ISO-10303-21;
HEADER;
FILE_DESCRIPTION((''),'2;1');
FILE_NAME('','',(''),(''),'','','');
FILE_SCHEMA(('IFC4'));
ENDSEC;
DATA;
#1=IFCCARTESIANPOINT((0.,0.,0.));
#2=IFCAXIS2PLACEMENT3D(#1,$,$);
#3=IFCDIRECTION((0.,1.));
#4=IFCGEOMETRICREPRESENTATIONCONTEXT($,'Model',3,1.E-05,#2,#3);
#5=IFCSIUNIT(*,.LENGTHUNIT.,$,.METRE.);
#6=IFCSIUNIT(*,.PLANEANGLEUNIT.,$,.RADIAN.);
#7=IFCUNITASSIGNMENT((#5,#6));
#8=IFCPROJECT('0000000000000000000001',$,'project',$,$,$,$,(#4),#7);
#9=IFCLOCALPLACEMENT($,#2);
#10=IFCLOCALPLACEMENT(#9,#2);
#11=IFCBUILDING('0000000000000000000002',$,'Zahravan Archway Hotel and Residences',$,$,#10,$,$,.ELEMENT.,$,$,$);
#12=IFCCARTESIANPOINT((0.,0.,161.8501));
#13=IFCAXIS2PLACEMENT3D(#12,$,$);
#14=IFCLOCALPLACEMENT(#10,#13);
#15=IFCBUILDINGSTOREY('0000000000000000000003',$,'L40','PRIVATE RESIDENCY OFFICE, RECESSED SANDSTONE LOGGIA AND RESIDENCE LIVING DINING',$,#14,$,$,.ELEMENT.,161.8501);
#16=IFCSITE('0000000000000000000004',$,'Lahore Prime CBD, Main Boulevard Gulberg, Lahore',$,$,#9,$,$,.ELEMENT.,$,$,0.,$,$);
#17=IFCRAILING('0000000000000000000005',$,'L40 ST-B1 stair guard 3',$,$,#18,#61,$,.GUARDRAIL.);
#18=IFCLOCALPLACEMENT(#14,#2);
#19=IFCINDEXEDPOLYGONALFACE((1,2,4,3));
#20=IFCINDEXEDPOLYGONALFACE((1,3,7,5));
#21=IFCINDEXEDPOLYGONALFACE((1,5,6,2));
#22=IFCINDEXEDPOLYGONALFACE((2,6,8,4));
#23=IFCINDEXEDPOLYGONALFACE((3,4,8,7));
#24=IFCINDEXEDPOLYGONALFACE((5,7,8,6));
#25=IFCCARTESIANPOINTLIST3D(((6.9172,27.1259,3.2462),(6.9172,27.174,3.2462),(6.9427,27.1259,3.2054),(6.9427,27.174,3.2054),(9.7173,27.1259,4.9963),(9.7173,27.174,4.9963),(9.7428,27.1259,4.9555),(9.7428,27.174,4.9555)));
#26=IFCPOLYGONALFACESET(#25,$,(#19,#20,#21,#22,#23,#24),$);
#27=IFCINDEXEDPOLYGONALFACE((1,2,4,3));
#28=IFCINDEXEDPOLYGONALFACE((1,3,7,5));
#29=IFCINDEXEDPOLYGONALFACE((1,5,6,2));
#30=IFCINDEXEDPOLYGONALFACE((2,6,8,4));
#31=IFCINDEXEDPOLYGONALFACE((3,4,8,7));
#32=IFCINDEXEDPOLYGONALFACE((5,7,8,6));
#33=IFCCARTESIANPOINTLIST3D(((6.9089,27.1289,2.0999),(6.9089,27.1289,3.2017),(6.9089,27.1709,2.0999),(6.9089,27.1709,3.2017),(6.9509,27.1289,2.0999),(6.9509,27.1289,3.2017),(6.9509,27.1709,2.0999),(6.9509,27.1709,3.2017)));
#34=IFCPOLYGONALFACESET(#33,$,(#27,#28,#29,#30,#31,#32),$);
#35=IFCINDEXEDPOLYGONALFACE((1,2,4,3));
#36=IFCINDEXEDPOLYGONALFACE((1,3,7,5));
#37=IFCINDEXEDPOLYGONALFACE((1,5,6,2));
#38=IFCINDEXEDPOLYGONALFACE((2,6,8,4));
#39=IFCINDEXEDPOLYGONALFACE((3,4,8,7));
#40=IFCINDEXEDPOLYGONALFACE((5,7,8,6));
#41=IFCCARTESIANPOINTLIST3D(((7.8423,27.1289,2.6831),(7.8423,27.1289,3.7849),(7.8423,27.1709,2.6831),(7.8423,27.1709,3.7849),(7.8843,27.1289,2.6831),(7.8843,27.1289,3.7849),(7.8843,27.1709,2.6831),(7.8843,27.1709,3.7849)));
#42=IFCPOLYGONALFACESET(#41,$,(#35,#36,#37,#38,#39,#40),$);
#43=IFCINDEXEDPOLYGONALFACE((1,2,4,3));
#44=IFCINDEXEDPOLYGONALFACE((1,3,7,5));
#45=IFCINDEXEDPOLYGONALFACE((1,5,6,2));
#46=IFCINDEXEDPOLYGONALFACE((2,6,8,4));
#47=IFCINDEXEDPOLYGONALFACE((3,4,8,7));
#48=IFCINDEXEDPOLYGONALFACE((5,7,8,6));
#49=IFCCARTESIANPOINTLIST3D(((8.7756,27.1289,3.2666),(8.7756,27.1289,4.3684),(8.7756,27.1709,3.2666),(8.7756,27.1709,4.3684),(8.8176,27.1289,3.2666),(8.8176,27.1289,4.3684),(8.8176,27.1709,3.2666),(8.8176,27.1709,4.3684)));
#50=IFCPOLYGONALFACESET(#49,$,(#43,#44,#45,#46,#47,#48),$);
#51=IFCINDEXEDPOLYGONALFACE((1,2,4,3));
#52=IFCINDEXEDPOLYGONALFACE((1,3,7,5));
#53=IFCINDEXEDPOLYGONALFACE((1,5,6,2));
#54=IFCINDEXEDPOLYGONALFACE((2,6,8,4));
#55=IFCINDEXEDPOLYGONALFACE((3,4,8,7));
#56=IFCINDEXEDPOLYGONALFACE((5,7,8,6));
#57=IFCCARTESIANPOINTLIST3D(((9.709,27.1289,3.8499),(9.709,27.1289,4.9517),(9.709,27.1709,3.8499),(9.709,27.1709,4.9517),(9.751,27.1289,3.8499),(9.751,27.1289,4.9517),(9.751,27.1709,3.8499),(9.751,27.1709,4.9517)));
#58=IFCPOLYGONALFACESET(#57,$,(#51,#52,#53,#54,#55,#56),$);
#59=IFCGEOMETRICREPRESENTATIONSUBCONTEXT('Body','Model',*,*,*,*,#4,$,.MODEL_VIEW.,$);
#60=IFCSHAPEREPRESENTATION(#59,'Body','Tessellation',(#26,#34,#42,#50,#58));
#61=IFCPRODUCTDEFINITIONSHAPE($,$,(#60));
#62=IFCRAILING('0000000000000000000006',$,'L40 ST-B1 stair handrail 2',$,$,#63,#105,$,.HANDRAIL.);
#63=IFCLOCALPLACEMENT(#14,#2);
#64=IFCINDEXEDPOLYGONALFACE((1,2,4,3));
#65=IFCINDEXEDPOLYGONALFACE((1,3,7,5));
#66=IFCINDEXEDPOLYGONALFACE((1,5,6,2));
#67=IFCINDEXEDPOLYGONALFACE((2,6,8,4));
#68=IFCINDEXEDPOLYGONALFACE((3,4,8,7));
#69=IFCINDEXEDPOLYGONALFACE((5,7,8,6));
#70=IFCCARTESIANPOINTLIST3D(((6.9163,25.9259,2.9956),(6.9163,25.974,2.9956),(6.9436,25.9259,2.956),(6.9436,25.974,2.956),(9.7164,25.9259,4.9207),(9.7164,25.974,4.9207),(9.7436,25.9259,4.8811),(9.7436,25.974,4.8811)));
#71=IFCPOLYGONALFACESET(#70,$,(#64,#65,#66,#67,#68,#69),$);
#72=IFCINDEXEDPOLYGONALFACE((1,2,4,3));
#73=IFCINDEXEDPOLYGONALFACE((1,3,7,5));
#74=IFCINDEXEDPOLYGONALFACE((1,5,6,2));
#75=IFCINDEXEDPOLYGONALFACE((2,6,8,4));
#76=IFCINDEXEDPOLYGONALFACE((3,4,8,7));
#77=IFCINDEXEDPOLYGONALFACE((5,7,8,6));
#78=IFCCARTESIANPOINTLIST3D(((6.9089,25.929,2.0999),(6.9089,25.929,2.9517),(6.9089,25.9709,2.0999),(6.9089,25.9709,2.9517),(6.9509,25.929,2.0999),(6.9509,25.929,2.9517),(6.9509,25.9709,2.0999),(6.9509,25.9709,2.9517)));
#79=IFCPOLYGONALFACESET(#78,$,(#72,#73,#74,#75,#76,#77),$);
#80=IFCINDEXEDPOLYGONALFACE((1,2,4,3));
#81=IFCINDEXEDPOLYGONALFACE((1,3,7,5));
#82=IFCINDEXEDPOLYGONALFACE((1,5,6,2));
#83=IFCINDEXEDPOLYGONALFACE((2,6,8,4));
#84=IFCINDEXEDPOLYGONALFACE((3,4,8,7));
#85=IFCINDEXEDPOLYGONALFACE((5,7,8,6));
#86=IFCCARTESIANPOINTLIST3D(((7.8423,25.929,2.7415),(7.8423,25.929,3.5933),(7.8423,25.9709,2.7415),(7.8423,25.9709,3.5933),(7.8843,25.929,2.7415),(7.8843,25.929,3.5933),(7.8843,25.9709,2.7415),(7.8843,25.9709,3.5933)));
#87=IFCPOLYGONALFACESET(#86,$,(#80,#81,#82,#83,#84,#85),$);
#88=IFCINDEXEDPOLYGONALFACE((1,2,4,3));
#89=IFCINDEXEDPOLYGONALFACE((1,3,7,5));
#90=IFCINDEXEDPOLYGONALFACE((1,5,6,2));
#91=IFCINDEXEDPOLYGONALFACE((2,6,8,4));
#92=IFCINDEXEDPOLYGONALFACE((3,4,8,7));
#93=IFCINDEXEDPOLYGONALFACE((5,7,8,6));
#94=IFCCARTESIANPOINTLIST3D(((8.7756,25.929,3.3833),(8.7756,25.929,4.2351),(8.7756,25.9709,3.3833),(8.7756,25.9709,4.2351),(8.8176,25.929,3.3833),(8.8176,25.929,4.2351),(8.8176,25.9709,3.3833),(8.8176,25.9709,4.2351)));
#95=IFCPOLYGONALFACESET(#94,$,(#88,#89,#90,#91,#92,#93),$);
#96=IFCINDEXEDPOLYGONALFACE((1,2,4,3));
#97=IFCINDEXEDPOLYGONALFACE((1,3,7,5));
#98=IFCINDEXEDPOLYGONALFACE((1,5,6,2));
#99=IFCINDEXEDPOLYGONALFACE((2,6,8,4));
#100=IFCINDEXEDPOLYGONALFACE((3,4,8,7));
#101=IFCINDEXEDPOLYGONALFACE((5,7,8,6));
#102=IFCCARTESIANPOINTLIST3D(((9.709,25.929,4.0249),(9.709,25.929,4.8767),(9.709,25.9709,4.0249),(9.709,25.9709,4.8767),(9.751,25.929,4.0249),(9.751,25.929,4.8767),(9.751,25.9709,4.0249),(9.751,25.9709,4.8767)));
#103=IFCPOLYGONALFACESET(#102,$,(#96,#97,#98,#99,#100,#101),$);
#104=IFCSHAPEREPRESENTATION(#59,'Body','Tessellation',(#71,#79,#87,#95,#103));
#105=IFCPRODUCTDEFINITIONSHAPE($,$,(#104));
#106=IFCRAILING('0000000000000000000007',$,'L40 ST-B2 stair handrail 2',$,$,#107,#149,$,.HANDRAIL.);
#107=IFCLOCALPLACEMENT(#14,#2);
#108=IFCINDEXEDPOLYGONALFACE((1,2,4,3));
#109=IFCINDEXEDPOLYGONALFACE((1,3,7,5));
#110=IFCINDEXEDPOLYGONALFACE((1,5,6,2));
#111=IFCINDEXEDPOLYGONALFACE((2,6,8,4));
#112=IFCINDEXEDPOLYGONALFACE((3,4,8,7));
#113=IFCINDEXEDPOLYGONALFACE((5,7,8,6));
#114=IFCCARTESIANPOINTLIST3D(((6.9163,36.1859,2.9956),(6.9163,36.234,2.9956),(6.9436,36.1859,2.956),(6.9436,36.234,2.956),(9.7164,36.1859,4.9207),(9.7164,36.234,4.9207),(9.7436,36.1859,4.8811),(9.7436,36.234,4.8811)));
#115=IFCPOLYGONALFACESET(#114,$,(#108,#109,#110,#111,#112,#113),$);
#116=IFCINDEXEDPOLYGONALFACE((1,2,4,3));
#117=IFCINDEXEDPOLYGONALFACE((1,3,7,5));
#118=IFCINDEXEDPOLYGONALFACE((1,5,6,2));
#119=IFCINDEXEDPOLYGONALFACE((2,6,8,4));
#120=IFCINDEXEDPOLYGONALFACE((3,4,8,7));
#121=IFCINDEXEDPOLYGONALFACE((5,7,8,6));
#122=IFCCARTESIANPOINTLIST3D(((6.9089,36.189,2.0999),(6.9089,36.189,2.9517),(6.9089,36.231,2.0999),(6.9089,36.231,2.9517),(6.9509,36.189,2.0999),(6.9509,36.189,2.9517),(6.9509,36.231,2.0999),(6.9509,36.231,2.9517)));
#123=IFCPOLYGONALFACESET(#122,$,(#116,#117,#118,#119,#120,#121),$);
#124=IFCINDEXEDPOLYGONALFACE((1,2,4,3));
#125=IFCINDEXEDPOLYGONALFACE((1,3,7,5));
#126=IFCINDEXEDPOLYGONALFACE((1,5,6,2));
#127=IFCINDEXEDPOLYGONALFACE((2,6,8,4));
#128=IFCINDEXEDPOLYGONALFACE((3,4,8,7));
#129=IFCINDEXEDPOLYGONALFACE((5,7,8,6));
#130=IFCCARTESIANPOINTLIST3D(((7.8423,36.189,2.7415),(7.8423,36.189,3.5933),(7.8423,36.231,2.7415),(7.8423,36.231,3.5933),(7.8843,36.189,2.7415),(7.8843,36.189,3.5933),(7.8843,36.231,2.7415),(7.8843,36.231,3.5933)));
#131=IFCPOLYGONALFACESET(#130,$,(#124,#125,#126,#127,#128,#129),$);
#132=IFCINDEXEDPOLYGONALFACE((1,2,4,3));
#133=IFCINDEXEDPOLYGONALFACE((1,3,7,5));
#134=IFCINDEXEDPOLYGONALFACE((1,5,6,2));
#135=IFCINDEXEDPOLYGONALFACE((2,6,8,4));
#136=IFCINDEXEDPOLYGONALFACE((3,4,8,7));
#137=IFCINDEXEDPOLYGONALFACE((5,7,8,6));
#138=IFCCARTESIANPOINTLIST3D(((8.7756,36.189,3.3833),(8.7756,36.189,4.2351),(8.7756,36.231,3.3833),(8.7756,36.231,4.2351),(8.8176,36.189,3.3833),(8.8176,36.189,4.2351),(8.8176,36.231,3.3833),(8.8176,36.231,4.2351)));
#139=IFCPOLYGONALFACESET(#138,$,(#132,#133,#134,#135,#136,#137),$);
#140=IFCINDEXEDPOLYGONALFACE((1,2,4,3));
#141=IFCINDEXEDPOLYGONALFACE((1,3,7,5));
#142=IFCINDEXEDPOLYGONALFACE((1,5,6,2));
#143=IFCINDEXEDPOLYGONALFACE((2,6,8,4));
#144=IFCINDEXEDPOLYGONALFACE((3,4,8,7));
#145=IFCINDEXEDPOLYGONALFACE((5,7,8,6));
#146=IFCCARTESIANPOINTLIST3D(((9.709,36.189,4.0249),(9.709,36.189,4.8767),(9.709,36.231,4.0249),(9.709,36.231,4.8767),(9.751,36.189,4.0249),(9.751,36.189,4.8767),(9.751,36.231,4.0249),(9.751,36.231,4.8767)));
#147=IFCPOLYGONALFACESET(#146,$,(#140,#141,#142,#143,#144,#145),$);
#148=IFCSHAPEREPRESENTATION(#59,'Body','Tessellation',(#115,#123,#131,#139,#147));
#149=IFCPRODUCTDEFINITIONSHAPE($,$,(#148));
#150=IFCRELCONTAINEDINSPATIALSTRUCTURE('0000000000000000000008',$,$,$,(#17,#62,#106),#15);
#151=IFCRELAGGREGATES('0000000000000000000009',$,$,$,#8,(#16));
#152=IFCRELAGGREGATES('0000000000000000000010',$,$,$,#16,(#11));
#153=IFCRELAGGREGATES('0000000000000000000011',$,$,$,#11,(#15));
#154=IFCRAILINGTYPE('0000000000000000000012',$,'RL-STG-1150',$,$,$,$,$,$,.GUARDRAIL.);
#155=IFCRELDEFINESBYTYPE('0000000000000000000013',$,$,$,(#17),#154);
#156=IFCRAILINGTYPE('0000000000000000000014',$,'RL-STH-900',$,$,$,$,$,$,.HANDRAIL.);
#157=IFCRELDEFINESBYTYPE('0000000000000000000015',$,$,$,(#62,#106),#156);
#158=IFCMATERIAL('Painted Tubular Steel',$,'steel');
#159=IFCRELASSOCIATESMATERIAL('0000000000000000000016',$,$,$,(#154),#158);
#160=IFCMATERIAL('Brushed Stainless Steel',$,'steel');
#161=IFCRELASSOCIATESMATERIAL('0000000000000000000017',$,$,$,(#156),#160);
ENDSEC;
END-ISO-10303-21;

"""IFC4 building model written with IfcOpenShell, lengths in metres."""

from ifc_helpers import new_model, si_unit, direction, frame, origin, origin_2d, place, context, subcontext, project, spatial, rectangle, extrude, material, type_object, element, save


model = new_model("IFC4")

# Units and contexts
model_context = context("Model", 3, precision=1e-05, world=origin(), true_north=direction((0.0, 1.0)))
body_context = subcontext(model_context, "Body", "Model", "MODEL_VIEW")
ifc_project = project(units=[si_unit("LENGTHUNIT", "METRE"), si_unit("PLANEANGLEUNIT", "RADIAN")], contexts=[model_context])

# Site, building, storey
site_placement = place(None, origin())
site = spatial("IfcSite", under=ifc_project, at=site_placement, Name="Lahore Prime CBD, Main Boulevard Gulberg, Lahore", CompositionType="ELEMENT", RefElevation=0.0)
building_placement = place(site_placement, origin())
building = spatial("IfcBuilding", under=site, at=building_placement, Name="Zahravan Archway Hotel and Residences", CompositionType="ELEMENT")
storey_placement = place(building_placement, frame((0.0, 0.0, 161.8501)))
storey = spatial("IfcBuildingStorey", under=building, at=storey_placement, Name="L40", Description="PRIVATE RESIDENCY OFFICE, RECESSED SANDSTONE LOGGIA AND RESIDENCE LIVING DINING", CompositionType="ELEMENT", Elevation=161.8501)

# Shared definitions
ifc_material_1 = material(Name="Brushed Stainless Steel", Category="steel")

# Railings
ifc_material_2 = material(Name="Painted Tubular Steel", Category="steel")
railing_type_1 = type_object("IfcRailingType", Name="RL-STG-1150", PredefinedType="GUARDRAIL", material=ifc_material_2)
railing_1_placement = place(storey_placement, frame((6.9299, 27.1499, 2.0999)))
element("IfcRailing", 1, at=railing_1_placement, inside=storey, type_object=railing_type_1, Name="L40 ST-B1 stair guard 3", PredefinedType="GUARDRAIL", context=body_context, shape_type="SweptSolid", body=[
    extrude(rectangle(XDim=0.0481, YDim=0.0481, at=origin_2d()), frame((0.0, 0.0, 1.126), z_axis=(0.848002, 0.0, 0.529992), x_axis=(0.0, 1.0, 0.0)), (0.0, 0.0, 1.0), 3.302),
    extrude(rectangle(XDim=0.042, YDim=0.042, at=origin_2d()), origin(), (0.0, 0.0, 1.0), 1.1018),
    extrude(rectangle(XDim=0.042, YDim=0.042, at=origin_2d()), frame((0.9333, 0.0, 0.5833)), (0.0, 0.0, 1.0), 1.1018),
    extrude(rectangle(XDim=0.042, YDim=0.042, at=origin_2d()), frame((1.8667, 0.0, 1.1667)), (0.0, 0.0, 1.0), 1.1018),
    extrude(rectangle(XDim=0.042, YDim=0.042, at=origin_2d()), frame((2.8, 0.0, 1.75)), (0.0, 0.0, 1.0), 1.1018),
])
railing_type_2 = type_object("IfcRailingType", Name="RL-STH-900", PredefinedType="HANDRAIL", material=ifc_material_1)
for number, where, name in (
    (2, (6.9299, 25.95, 2.0999), "L40 ST-B1 stair handrail 2"),
    (3, (6.9299, 36.21, 2.0999), "L40 ST-B2 stair handrail 2"),
):
    element("IfcRailing", number, at=place(storey_placement, frame(where)), inside=storey, type_object=railing_type_2, Name=name, PredefinedType="HANDRAIL", context=body_context, shape_type="SweptSolid", body=[
        extrude(rectangle(XDim=0.0481, YDim=0.0481, at=origin_2d()), frame((0.0, 0.0, 0.876), z_axis=(0.82404, 0.0, 0.566532), x_axis=(0.0, 1.0, 0.0)), (0.0, 0.0, 1.0), 3.3979),
        extrude(rectangle(XDim=0.042, YDim=0.042, at=origin_2d()), origin(), (0.0, 0.0, 1.0), 0.8518),
        extrude(rectangle(XDim=0.042, YDim=0.042, at=origin_2d()), frame((0.9333, 0.0, 0.6416)), (0.0, 0.0, 1.0), 0.8518),
        extrude(rectangle(XDim=0.042, YDim=0.042, at=origin_2d()), frame((1.8667, 0.0, 1.2834)), (0.0, 0.0, 1.0), 0.8518),
        extrude(rectangle(XDim=0.042, YDim=0.042, at=origin_2d()), frame((2.8, 0.0, 1.925)), (0.0, 0.0, 1.0), 0.8518),
    ])

save(model, "model.ifc")
